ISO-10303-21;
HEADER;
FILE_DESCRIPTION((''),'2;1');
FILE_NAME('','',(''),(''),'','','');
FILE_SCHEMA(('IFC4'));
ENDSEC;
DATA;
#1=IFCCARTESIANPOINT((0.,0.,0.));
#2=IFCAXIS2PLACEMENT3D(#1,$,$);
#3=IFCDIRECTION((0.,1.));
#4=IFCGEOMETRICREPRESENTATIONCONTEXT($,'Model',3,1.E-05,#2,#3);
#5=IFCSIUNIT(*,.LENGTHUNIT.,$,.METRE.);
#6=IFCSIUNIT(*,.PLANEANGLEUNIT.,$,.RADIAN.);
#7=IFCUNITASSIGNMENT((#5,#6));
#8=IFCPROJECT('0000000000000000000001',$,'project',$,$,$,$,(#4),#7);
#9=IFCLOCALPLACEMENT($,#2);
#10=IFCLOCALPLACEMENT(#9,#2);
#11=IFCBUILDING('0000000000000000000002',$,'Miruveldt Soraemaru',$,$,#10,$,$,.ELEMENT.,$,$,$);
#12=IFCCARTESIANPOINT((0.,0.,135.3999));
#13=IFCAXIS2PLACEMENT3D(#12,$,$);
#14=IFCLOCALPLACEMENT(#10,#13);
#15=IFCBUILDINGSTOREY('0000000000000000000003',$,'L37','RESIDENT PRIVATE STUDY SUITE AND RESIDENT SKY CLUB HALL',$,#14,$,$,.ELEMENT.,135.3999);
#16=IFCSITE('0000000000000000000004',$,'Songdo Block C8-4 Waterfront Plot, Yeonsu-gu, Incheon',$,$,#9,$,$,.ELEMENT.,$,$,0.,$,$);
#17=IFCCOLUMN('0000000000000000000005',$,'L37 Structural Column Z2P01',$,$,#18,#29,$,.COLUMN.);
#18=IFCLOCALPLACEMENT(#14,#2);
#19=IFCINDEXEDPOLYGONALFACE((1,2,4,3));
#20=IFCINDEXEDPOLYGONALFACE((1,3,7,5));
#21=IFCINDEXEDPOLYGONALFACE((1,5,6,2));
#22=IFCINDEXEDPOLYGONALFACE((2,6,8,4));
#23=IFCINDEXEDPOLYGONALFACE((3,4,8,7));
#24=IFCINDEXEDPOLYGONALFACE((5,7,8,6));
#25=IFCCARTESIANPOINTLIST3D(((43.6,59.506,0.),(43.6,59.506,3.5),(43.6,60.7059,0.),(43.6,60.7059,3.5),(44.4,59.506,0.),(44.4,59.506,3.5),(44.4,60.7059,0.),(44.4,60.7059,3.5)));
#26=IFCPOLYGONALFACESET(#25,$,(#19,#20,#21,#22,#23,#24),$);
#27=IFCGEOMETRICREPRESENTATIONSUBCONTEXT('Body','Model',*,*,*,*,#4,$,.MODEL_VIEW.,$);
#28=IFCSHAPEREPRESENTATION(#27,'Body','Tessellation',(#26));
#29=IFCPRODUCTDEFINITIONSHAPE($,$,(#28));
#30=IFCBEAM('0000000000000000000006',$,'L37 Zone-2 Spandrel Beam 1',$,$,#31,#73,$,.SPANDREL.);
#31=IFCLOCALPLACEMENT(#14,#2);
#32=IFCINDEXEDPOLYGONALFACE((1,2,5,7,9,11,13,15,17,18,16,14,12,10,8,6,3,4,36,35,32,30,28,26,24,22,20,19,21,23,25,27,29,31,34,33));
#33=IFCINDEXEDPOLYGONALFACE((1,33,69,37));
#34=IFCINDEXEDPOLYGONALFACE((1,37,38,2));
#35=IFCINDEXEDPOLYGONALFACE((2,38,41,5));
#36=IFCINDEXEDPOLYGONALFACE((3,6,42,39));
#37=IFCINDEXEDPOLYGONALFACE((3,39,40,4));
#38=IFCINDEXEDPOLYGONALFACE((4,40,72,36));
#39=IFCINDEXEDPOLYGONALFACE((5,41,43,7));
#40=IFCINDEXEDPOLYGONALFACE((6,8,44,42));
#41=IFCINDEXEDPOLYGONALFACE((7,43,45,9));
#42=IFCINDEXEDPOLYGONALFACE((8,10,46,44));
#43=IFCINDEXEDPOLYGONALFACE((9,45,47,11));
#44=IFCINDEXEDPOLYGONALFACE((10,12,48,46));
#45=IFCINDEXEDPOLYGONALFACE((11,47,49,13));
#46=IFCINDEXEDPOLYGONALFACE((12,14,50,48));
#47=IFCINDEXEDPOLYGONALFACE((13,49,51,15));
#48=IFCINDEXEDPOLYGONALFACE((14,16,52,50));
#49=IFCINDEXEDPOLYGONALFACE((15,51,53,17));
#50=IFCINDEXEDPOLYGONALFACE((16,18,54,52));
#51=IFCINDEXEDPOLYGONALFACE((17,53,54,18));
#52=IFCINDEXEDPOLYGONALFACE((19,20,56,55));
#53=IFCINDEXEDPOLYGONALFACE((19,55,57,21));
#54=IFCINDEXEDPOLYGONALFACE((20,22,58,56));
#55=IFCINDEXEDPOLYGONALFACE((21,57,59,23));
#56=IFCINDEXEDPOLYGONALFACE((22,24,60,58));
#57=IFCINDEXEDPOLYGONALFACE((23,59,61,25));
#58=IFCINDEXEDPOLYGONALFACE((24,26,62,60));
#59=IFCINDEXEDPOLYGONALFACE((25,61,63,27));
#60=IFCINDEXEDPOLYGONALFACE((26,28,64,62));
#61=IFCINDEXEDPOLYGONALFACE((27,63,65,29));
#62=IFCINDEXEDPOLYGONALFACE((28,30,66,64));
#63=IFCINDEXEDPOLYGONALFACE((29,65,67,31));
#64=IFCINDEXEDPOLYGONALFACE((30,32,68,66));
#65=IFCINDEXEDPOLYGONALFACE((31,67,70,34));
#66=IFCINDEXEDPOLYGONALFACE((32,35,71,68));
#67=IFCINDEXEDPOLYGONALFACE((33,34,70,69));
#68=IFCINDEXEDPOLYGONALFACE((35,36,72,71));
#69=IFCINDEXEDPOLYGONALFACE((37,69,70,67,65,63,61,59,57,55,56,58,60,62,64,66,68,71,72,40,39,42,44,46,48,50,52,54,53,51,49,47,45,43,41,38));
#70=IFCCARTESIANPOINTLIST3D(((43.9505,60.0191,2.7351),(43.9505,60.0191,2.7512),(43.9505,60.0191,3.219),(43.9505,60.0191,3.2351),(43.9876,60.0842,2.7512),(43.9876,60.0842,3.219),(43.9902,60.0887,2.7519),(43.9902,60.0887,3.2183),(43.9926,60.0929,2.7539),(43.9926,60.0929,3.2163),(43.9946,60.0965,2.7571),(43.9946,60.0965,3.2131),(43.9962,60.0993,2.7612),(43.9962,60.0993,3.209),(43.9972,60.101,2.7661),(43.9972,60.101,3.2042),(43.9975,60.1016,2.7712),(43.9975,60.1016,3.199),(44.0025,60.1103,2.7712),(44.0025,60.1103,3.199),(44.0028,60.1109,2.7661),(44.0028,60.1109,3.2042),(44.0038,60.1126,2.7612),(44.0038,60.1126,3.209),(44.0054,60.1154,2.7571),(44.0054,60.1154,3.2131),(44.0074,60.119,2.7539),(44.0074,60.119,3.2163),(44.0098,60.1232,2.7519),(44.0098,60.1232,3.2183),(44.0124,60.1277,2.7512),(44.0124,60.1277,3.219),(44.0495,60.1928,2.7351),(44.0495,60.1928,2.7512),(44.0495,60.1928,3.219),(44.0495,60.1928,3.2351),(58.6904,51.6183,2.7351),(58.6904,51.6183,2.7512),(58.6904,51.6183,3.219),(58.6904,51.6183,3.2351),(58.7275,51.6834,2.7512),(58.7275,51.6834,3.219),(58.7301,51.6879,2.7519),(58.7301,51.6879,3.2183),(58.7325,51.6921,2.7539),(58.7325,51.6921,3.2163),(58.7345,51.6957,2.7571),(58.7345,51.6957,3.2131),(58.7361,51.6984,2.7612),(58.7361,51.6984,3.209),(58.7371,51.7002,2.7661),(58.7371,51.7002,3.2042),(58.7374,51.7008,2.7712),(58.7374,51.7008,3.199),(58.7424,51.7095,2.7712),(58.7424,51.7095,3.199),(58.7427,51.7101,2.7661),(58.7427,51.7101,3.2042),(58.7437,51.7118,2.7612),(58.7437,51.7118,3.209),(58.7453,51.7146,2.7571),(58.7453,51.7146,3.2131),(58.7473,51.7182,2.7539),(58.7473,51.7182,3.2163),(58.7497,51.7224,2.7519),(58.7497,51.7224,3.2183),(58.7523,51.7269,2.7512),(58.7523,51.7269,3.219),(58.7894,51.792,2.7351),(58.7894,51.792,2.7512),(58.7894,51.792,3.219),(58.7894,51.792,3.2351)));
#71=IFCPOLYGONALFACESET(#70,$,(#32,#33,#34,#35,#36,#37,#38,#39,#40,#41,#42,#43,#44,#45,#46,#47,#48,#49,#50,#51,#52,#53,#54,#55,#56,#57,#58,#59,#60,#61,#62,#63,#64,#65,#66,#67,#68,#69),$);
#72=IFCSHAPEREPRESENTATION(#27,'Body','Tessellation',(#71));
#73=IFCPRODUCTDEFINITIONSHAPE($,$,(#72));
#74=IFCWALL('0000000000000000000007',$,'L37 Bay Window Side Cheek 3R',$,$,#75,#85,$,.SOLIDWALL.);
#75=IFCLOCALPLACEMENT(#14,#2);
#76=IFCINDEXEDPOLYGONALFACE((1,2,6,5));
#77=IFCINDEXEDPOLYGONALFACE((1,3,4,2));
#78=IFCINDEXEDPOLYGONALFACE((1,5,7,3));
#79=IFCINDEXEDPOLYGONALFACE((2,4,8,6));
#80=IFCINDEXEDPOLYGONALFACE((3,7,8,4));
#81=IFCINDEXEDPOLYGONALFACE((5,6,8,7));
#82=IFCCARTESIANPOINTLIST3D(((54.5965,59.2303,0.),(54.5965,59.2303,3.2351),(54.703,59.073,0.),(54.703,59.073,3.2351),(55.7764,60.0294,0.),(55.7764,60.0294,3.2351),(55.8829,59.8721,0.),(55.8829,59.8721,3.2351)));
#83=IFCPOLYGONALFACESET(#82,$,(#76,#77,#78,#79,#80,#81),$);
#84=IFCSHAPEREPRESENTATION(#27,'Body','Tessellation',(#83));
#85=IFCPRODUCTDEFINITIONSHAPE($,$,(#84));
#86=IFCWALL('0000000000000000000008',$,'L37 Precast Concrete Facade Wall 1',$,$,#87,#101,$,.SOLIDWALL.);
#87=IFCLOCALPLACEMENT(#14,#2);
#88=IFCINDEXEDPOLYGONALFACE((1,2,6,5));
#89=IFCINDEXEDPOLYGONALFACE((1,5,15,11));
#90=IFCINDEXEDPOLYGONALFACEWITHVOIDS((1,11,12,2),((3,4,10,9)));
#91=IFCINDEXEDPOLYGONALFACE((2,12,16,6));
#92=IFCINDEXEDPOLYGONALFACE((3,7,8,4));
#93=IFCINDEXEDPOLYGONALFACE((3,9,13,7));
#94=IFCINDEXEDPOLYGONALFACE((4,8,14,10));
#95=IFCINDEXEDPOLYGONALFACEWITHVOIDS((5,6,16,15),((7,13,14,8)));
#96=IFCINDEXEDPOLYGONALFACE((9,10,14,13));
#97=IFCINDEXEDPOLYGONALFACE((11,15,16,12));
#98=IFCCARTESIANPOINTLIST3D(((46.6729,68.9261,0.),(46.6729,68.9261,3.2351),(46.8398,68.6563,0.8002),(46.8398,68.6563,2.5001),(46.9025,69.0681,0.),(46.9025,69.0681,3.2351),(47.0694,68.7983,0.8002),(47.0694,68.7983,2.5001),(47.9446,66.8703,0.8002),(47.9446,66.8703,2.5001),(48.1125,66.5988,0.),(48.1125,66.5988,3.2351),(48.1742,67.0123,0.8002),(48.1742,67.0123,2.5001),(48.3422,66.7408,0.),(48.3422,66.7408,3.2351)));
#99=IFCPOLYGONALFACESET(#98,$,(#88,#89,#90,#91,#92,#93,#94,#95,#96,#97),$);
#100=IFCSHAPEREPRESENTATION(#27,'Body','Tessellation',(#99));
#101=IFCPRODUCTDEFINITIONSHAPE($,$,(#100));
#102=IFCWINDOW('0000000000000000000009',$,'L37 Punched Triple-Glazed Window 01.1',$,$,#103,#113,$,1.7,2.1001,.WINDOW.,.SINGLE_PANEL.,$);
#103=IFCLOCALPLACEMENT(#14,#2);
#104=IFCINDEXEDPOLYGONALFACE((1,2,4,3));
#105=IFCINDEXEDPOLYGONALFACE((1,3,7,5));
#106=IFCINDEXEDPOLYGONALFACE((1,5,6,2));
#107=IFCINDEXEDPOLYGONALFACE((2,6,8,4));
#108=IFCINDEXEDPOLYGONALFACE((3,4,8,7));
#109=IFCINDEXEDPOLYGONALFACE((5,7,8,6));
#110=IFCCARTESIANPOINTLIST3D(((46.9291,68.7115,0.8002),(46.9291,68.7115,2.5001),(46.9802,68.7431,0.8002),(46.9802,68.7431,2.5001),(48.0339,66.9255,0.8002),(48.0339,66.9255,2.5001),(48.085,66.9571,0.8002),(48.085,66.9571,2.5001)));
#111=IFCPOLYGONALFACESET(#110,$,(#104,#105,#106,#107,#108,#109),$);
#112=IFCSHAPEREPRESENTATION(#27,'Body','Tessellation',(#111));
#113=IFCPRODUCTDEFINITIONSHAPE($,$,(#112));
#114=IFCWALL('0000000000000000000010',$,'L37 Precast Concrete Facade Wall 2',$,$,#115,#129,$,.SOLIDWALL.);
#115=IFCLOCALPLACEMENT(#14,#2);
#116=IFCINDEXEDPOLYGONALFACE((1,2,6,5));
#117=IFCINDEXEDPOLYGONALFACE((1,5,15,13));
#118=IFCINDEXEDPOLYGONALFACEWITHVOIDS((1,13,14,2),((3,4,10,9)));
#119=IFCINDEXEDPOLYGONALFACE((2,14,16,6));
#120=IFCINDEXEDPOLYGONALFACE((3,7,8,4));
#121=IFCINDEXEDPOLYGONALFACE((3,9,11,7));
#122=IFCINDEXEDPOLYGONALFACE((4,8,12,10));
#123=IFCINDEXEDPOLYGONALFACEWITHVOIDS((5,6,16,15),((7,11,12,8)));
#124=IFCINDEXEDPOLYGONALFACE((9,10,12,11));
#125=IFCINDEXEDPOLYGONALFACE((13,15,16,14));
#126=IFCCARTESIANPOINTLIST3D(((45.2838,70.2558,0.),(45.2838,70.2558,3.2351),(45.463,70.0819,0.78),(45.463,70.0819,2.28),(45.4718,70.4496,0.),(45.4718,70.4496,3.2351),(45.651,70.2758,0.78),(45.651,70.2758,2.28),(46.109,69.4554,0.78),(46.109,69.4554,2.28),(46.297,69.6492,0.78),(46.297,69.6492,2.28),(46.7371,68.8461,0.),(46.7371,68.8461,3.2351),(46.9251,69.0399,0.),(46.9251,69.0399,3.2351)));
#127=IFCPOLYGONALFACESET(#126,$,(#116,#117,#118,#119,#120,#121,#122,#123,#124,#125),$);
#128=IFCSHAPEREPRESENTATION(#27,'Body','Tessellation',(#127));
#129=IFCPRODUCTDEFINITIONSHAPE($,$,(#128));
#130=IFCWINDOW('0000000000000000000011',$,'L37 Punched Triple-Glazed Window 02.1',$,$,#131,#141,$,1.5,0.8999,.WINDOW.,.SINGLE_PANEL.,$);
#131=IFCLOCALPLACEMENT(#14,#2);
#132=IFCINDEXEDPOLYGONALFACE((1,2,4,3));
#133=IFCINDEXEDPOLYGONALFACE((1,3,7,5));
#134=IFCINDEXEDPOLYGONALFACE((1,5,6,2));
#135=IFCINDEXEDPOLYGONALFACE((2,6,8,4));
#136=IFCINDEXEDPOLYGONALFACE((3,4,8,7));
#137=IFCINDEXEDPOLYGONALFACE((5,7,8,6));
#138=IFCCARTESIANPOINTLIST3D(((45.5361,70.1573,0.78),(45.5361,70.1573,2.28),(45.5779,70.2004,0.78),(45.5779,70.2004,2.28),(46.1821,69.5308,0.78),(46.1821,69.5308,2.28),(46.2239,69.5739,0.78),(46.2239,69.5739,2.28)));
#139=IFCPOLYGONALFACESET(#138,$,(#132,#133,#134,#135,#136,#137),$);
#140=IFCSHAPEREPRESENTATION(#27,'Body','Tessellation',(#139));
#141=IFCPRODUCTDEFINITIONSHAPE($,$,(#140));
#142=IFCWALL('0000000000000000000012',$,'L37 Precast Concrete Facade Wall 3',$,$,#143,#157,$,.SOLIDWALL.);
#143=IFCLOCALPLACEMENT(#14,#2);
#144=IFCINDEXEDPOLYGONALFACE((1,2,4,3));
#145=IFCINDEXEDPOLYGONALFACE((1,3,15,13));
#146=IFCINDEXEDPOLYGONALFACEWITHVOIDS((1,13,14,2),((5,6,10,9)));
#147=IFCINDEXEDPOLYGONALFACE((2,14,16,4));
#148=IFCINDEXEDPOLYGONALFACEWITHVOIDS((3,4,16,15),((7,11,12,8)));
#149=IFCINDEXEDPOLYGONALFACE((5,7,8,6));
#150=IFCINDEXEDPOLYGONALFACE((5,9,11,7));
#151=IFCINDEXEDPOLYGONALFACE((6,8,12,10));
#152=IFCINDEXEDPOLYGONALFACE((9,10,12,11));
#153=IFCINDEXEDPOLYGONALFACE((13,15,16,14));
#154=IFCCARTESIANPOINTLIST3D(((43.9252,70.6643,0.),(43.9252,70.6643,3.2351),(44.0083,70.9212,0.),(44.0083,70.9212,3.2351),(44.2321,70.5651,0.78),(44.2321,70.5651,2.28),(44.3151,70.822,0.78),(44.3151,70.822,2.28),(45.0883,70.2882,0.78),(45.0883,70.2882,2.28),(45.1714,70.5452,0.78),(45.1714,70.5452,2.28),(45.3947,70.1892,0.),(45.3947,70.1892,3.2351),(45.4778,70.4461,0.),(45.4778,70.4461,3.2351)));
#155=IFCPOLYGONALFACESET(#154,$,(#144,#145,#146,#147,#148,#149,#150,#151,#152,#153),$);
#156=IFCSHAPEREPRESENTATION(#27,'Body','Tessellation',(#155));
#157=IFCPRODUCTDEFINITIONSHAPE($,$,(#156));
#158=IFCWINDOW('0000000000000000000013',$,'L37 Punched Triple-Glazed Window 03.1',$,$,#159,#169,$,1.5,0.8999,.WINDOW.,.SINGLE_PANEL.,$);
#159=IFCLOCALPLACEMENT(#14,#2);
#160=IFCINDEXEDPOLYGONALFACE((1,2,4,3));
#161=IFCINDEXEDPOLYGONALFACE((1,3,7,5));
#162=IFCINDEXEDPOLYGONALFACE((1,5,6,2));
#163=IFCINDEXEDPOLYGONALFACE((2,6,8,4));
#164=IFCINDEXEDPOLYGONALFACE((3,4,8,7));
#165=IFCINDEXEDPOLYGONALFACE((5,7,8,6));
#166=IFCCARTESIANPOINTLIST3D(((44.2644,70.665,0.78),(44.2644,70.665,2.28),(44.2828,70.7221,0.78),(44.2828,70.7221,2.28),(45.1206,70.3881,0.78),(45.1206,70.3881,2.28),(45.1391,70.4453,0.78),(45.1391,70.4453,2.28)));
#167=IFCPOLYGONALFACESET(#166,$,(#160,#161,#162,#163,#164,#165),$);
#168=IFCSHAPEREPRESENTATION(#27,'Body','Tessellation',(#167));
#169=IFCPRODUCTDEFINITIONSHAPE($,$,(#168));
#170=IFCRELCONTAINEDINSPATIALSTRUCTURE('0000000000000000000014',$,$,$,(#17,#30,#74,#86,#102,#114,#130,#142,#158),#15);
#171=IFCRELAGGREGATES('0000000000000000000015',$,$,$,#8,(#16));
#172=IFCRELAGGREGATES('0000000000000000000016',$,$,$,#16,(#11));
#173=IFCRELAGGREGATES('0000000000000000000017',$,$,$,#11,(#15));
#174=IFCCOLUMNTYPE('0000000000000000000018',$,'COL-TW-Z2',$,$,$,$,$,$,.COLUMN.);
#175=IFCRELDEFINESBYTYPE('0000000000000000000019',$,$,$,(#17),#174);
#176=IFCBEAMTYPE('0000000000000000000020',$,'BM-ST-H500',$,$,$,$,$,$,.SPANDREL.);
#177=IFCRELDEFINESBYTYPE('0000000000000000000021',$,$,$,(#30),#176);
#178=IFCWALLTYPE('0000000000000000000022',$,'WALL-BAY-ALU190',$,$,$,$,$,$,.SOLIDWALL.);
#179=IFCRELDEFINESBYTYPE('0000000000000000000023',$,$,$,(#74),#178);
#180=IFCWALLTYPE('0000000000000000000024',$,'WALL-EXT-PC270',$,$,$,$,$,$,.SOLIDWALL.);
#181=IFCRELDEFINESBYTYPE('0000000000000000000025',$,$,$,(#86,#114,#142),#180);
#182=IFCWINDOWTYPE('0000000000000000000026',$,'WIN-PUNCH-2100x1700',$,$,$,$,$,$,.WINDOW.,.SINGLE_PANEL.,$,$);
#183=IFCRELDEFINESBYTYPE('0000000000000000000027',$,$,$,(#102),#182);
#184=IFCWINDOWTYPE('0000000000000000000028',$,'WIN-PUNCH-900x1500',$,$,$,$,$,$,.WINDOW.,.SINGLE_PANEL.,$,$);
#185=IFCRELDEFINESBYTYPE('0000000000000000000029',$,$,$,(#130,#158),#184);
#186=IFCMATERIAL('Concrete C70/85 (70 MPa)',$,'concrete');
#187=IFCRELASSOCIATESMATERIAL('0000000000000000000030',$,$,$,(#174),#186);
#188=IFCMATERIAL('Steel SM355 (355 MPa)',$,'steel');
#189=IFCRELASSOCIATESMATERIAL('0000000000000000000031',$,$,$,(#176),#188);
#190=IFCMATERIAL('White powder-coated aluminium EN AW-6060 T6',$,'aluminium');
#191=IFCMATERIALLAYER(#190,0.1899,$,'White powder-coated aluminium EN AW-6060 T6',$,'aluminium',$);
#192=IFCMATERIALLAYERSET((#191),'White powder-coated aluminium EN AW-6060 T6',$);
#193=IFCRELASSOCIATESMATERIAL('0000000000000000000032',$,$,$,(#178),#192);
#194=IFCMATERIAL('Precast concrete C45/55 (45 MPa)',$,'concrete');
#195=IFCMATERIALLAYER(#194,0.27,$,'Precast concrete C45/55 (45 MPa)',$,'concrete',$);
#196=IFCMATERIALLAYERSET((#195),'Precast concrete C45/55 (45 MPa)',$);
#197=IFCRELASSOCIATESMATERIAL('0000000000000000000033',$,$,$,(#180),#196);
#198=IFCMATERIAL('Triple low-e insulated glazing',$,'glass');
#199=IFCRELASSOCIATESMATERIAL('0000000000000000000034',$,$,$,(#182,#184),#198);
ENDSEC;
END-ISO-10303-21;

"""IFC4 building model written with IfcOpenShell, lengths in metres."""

from ifc_helpers import new_model, si_unit, direction, frame, frame_2d, origin, origin_2d, place, context, subcontext, project, spatial, rectangle, i_section, extrude, material, layer, layer_set, material_profile, profile_set, type_object, element, fill, save


model = new_model("IFC4")

# Units and contexts
model_context = context("Model", 3, precision=1e-05, world=origin(), true_north=direction((0.0, 1.0)))
body_context = subcontext(model_context, "Body", "Model", "MODEL_VIEW")
ifc_project = project(units=[si_unit("LENGTHUNIT", "METRE"), si_unit("PLANEANGLEUNIT", "RADIAN")], contexts=[model_context])

# Site, building, storey
site_placement = place(None, origin())
site = spatial("IfcSite", under=ifc_project, at=site_placement, Name="Songdo Block C8-4 Waterfront Plot, Yeonsu-gu, Incheon", CompositionType="ELEMENT", RefElevation=0.0)
building_placement = place(site_placement, origin())
building = spatial("IfcBuilding", under=site, at=building_placement, Name="Miruveldt Soraemaru", CompositionType="ELEMENT")
storey_placement = place(building_placement, frame((0.0, 0.0, 135.3999)))
storey = spatial("IfcBuildingStorey", under=building, at=storey_placement, Name="L37", Description="RESIDENT PRIVATE STUDY SUITE AND RESIDENT SKY CLUB HALL", CompositionType="ELEMENT", Elevation=135.3999)

# Column
ifc_material_1 = material(Name="Concrete C70/85 (70 MPa)", Category="concrete")
ifc_material_profile_1 = material_profile(ifc_material_1, rectangle(XDim=1.2, YDim=0.8, at=origin_2d()), Name="Concrete C70/85 (70 MPa)", Category="concrete")
ifc_profile_set_1 = profile_set([ifc_material_profile_1], Name="Concrete C70/85 (70 MPa)")
column_type = type_object("IfcColumnType", Name="COL-TW-Z2", PredefinedType="COLUMN", material=ifc_profile_set_1)
column_placement = place(storey_placement, frame((44.0, 60.106, 0.0), z_axis=(0.0, 0.0, 1.0), x_axis=(0.0, 1.0, 0.0)))
element("IfcColumn", 1, at=column_placement, inside=storey, type_object=column_type, Name="L37 Structural Column Z2P01", PredefinedType="COLUMN", context=body_context, shape_type="SweptSolid", body=[
    extrude(rectangle(XDim=1.2, YDim=0.8, at=origin_2d()), origin(), (0.0, 0.0, 1.0), 3.5),
])

# Beam
ifc_material_2 = material(Name="Steel SM355 (355 MPa)", Category="steel")
ifc_material_profile_2 = material_profile(ifc_material_2, i_section(OverallWidth=0.2, OverallDepth=0.5, WebThickness=0.01, FlangeThickness=0.0161, FilletRadius=0.02, at=origin_2d()), Name="Steel SM355 (355 MPa)", Category="steel")
ifc_profile_set_2 = profile_set([ifc_material_profile_2], Name="Steel SM355 (355 MPa)")
beam_type = type_object("IfcBeamType", Name="BM-ST-H500", PredefinedType="SPANDREL", material=ifc_profile_set_2)
beam_placement = place(storey_placement, frame((44.0, 60.106, 2.9851), z_axis=(0.8688, -0.495162, 0.0), x_axis=(0.495162, 0.8688, 0.0)))
element("IfcBeam", 2, at=beam_placement, inside=storey, type_object=beam_type, Name="L37 Zone-2 Spandrel Beam 1", PredefinedType="SPANDREL", context=body_context, shape_type="SweptSolid", body=[
    extrude(i_section(OverallWidth=0.2, OverallDepth=0.5, WebThickness=0.01, FlangeThickness=0.0161, FilletRadius=0.02, at=origin_2d()), origin(), (0.0, 0.0, 1.0), 16.9658),
])

# Wall
ifc_material_3 = material(Name="White powder-coated aluminium EN AW-6060 T6", Category="aluminium")
ifc_layer_1 = layer(ifc_material_3, 0.1899, Name="White powder-coated aluminium EN AW-6060 T6", Category="aluminium")
ifc_layer_set_1 = layer_set([ifc_layer_1], Name="White powder-coated aluminium EN AW-6060 T6")
wall_type_1 = type_object("IfcWallType", Name="WALL-BAY-ALU190", PredefinedType="SOLIDWALL", material=ifc_layer_set_1)
wall_1_placement = place(storey_placement, frame((55.8296, 59.9507, 0.0), z_axis=(0.0, 0.0, 1.0), x_axis=(-0.827996, -0.560734, 0.0)))
element("IfcWall", 3, at=wall_1_placement, inside=storey, type_object=wall_type_1, Name="L37 Bay Window Side Cheek 3R", PredefinedType="SOLIDWALL", context=body_context, shape_type="SweptSolid", body=[
    extrude(rectangle(XDim=1.425, YDim=0.1899, at=frame_2d((0.7124, 0.0))), origin(), (0.0, 0.0, 1.0), 3.2351),
])

# Walls, openings, windows
ifc_material_4 = material(Name="Precast concrete C45/55 (45 MPa)", Category="concrete")
ifc_layer_2 = layer(ifc_material_4, 0.27, Name="Precast concrete C45/55 (45 MPa)", Category="concrete")
ifc_layer_set_2 = layer_set([ifc_layer_2], Name="Precast concrete C45/55 (45 MPa)")
wall_type_2 = type_object("IfcWallType", Name="WALL-EXT-PC270", PredefinedType="SOLIDWALL", material=ifc_layer_set_2)
wall_2_placement = place(storey_placement, frame((48.2273, 66.6699, 0.0), z_axis=(0.0, 0.0, 1.0), x_axis=(-0.526072, 0.85044, 0.0)))
wall_2 = element("IfcWall", 4, at=wall_2_placement, inside=storey, type_object=wall_type_2, Name="L37 Precast Concrete Facade Wall 1", PredefinedType="SOLIDWALL", context=body_context, shape_type="SweptSolid", body=[
    extrude(rectangle(XDim=2.7366, YDim=0.27, at=frame_2d((1.3682, 0.0))), origin(), (0.0, 0.0, 1.0), 3.2351),
])
opening_1_placement = place(wall_2_placement, frame((0.3191, 0.0, 0.8)))
opening_1 = element("IfcOpeningElement", 5, at=opening_1_placement, cuts=wall_2, PredefinedType="OPENING", context=body_context, shape_type="SweptSolid", body=[
    extrude(rectangle(XDim=2.1001, YDim=1.7, at=frame_2d((1.05, 0.8501))), frame((0.0, 0.145, 0.0), z_axis=(0.0, -1.0, 0.0), x_axis=(1.0, 0.0, 0.0)), (0.0, 0.0, 1.0), 0.29),
])
ifc_material_5 = material(Name="Triple low-e insulated glazing", Category="glass")
window_type_1 = type_object("IfcWindowType", Name="WIN-PUNCH-2100x1700", PartitioningType="SINGLE_PANEL", PredefinedType="WINDOW", material=ifc_material_5)
window_1_placement = place(opening_1_placement, origin())
window_1 = element("IfcWindow", 6, at=window_1_placement, inside=storey, type_object=window_type_1, Name="L37 Punched Triple-Glazed Window 01.1", OverallHeight=1.7, OverallWidth=2.1001, PartitioningType="SINGLE_PANEL", PredefinedType="WINDOW", context=body_context, shape_type="SweptSolid", body=[
    extrude(rectangle(XDim=2.1001, YDim=1.7, at=frame_2d((1.05, 0.8501))), frame((0.0, 0.03, 0.0), z_axis=(0.0, -1.0, 0.0), x_axis=(1.0, 0.0, 0.0)), (0.0, 0.0, 1.0), 0.0601),
])
fill(opening_1, window_1)
wall_3_placement = place(storey_placement, frame((46.8311, 68.9431, 0.0), z_axis=(0.0, 0.0, 1.0), x_axis=(-0.717816, 0.696232, 0.0)))
wall_3 = element("IfcWall", 7, at=wall_3_placement, inside=storey, type_object=wall_type_2, Name="L37 Precast Concrete Facade Wall 2", PredefinedType="SOLIDWALL", context=body_context, shape_type="SweptSolid", body=[
    extrude(rectangle(XDim=2.0247, YDim=0.27, at=frame_2d((1.0122, 0.0))), origin(), (0.0, 0.0, 1.0), 3.2351),
])
opening_2_placement = place(wall_3_placement, frame((0.875, 0.0, 0.78)))
opening_2 = element("IfcOpeningElement", 8, at=opening_2_placement, cuts=wall_3, PredefinedType="OPENING", context=body_context, shape_type="SweptSolid", body=[
    extrude(rectangle(XDim=0.8999, YDim=1.5, at=frame_2d((0.45, 0.75))), frame((0.0, 0.145, 0.0), z_axis=(0.0, -1.0, 0.0), x_axis=(1.0, 0.0, 0.0)), (0.0, 0.0, 1.0), 0.29),
])
window_type_2 = type_object("IfcWindowType", Name="WIN-PUNCH-900x1500", PartitioningType="SINGLE_PANEL", PredefinedType="WINDOW", material=ifc_material_5)
window_2_placement = place(opening_2_placement, origin())
window_2 = element("IfcWindow", 9, at=window_2_placement, inside=storey, type_object=window_type_2, Name="L37 Punched Triple-Glazed Window 02.1", OverallHeight=1.5, OverallWidth=0.8999, PartitioningType="SINGLE_PANEL", PredefinedType="WINDOW", context=body_context, shape_type="SweptSolid", body=[
    extrude(rectangle(XDim=0.8999, YDim=1.5, at=frame_2d((0.45, 0.75))), frame((0.0, 0.03, 0.0), z_axis=(0.0, -1.0, 0.0), x_axis=(1.0, 0.0, 0.0)), (0.0, 0.0, 1.0), 0.0601),
])
fill(opening_2, window_2)
wall_4_placement = place(storey_placement, frame((45.4363, 70.3176, 0.0), z_axis=(0.0, 0.0, 1.0), x_axis=(-0.951506, 0.307631, 0.0)))
wall_4 = element("IfcWall", 10, at=wall_4_placement, inside=storey, type_object=wall_type_2, Name="L37 Precast Concrete Facade Wall 3", PredefinedType="SOLIDWALL", context=body_context, shape_type="SweptSolid", body=[
    extrude(rectangle(XDim=1.5444, YDim=0.27, at=frame_2d((0.7722, 0.0))), origin(), (0.0, 0.0, 1.0), 3.2351),
])
opening_3_placement = place(wall_4_placement, frame((0.322, 0.0, 0.78)))
opening_3 = element("IfcOpeningElement", 11, at=opening_3_placement, cuts=wall_4, PredefinedType="OPENING", context=body_context, shape_type="SweptSolid", body=[
    extrude(rectangle(XDim=0.8999, YDim=1.5, at=frame_2d((0.45, 0.75))), frame((0.0, 0.145, 0.0), z_axis=(0.0, -1.0, 0.0), x_axis=(1.0, 0.0, 0.0)), (0.0, 0.0, 1.0), 0.29),
])
window_3_placement = place(opening_3_placement, origin())
window_3 = element("IfcWindow", 12, at=window_3_placement, inside=storey, type_object=window_type_2, Name="L37 Punched Triple-Glazed Window 03.1", OverallHeight=1.5, OverallWidth=0.8999, PartitioningType="SINGLE_PANEL", PredefinedType="WINDOW", context=body_context, shape_type="SweptSolid", body=[
    extrude(rectangle(XDim=0.8999, YDim=1.5, at=frame_2d((0.45, 0.75))), frame((0.0, 0.03, 0.0), z_axis=(0.0, -1.0, 0.0), x_axis=(1.0, 0.0, 0.0)), (0.0, 0.0, 1.0), 0.0601),
])
fill(opening_3, window_3)

save(model, "model.ifc")
